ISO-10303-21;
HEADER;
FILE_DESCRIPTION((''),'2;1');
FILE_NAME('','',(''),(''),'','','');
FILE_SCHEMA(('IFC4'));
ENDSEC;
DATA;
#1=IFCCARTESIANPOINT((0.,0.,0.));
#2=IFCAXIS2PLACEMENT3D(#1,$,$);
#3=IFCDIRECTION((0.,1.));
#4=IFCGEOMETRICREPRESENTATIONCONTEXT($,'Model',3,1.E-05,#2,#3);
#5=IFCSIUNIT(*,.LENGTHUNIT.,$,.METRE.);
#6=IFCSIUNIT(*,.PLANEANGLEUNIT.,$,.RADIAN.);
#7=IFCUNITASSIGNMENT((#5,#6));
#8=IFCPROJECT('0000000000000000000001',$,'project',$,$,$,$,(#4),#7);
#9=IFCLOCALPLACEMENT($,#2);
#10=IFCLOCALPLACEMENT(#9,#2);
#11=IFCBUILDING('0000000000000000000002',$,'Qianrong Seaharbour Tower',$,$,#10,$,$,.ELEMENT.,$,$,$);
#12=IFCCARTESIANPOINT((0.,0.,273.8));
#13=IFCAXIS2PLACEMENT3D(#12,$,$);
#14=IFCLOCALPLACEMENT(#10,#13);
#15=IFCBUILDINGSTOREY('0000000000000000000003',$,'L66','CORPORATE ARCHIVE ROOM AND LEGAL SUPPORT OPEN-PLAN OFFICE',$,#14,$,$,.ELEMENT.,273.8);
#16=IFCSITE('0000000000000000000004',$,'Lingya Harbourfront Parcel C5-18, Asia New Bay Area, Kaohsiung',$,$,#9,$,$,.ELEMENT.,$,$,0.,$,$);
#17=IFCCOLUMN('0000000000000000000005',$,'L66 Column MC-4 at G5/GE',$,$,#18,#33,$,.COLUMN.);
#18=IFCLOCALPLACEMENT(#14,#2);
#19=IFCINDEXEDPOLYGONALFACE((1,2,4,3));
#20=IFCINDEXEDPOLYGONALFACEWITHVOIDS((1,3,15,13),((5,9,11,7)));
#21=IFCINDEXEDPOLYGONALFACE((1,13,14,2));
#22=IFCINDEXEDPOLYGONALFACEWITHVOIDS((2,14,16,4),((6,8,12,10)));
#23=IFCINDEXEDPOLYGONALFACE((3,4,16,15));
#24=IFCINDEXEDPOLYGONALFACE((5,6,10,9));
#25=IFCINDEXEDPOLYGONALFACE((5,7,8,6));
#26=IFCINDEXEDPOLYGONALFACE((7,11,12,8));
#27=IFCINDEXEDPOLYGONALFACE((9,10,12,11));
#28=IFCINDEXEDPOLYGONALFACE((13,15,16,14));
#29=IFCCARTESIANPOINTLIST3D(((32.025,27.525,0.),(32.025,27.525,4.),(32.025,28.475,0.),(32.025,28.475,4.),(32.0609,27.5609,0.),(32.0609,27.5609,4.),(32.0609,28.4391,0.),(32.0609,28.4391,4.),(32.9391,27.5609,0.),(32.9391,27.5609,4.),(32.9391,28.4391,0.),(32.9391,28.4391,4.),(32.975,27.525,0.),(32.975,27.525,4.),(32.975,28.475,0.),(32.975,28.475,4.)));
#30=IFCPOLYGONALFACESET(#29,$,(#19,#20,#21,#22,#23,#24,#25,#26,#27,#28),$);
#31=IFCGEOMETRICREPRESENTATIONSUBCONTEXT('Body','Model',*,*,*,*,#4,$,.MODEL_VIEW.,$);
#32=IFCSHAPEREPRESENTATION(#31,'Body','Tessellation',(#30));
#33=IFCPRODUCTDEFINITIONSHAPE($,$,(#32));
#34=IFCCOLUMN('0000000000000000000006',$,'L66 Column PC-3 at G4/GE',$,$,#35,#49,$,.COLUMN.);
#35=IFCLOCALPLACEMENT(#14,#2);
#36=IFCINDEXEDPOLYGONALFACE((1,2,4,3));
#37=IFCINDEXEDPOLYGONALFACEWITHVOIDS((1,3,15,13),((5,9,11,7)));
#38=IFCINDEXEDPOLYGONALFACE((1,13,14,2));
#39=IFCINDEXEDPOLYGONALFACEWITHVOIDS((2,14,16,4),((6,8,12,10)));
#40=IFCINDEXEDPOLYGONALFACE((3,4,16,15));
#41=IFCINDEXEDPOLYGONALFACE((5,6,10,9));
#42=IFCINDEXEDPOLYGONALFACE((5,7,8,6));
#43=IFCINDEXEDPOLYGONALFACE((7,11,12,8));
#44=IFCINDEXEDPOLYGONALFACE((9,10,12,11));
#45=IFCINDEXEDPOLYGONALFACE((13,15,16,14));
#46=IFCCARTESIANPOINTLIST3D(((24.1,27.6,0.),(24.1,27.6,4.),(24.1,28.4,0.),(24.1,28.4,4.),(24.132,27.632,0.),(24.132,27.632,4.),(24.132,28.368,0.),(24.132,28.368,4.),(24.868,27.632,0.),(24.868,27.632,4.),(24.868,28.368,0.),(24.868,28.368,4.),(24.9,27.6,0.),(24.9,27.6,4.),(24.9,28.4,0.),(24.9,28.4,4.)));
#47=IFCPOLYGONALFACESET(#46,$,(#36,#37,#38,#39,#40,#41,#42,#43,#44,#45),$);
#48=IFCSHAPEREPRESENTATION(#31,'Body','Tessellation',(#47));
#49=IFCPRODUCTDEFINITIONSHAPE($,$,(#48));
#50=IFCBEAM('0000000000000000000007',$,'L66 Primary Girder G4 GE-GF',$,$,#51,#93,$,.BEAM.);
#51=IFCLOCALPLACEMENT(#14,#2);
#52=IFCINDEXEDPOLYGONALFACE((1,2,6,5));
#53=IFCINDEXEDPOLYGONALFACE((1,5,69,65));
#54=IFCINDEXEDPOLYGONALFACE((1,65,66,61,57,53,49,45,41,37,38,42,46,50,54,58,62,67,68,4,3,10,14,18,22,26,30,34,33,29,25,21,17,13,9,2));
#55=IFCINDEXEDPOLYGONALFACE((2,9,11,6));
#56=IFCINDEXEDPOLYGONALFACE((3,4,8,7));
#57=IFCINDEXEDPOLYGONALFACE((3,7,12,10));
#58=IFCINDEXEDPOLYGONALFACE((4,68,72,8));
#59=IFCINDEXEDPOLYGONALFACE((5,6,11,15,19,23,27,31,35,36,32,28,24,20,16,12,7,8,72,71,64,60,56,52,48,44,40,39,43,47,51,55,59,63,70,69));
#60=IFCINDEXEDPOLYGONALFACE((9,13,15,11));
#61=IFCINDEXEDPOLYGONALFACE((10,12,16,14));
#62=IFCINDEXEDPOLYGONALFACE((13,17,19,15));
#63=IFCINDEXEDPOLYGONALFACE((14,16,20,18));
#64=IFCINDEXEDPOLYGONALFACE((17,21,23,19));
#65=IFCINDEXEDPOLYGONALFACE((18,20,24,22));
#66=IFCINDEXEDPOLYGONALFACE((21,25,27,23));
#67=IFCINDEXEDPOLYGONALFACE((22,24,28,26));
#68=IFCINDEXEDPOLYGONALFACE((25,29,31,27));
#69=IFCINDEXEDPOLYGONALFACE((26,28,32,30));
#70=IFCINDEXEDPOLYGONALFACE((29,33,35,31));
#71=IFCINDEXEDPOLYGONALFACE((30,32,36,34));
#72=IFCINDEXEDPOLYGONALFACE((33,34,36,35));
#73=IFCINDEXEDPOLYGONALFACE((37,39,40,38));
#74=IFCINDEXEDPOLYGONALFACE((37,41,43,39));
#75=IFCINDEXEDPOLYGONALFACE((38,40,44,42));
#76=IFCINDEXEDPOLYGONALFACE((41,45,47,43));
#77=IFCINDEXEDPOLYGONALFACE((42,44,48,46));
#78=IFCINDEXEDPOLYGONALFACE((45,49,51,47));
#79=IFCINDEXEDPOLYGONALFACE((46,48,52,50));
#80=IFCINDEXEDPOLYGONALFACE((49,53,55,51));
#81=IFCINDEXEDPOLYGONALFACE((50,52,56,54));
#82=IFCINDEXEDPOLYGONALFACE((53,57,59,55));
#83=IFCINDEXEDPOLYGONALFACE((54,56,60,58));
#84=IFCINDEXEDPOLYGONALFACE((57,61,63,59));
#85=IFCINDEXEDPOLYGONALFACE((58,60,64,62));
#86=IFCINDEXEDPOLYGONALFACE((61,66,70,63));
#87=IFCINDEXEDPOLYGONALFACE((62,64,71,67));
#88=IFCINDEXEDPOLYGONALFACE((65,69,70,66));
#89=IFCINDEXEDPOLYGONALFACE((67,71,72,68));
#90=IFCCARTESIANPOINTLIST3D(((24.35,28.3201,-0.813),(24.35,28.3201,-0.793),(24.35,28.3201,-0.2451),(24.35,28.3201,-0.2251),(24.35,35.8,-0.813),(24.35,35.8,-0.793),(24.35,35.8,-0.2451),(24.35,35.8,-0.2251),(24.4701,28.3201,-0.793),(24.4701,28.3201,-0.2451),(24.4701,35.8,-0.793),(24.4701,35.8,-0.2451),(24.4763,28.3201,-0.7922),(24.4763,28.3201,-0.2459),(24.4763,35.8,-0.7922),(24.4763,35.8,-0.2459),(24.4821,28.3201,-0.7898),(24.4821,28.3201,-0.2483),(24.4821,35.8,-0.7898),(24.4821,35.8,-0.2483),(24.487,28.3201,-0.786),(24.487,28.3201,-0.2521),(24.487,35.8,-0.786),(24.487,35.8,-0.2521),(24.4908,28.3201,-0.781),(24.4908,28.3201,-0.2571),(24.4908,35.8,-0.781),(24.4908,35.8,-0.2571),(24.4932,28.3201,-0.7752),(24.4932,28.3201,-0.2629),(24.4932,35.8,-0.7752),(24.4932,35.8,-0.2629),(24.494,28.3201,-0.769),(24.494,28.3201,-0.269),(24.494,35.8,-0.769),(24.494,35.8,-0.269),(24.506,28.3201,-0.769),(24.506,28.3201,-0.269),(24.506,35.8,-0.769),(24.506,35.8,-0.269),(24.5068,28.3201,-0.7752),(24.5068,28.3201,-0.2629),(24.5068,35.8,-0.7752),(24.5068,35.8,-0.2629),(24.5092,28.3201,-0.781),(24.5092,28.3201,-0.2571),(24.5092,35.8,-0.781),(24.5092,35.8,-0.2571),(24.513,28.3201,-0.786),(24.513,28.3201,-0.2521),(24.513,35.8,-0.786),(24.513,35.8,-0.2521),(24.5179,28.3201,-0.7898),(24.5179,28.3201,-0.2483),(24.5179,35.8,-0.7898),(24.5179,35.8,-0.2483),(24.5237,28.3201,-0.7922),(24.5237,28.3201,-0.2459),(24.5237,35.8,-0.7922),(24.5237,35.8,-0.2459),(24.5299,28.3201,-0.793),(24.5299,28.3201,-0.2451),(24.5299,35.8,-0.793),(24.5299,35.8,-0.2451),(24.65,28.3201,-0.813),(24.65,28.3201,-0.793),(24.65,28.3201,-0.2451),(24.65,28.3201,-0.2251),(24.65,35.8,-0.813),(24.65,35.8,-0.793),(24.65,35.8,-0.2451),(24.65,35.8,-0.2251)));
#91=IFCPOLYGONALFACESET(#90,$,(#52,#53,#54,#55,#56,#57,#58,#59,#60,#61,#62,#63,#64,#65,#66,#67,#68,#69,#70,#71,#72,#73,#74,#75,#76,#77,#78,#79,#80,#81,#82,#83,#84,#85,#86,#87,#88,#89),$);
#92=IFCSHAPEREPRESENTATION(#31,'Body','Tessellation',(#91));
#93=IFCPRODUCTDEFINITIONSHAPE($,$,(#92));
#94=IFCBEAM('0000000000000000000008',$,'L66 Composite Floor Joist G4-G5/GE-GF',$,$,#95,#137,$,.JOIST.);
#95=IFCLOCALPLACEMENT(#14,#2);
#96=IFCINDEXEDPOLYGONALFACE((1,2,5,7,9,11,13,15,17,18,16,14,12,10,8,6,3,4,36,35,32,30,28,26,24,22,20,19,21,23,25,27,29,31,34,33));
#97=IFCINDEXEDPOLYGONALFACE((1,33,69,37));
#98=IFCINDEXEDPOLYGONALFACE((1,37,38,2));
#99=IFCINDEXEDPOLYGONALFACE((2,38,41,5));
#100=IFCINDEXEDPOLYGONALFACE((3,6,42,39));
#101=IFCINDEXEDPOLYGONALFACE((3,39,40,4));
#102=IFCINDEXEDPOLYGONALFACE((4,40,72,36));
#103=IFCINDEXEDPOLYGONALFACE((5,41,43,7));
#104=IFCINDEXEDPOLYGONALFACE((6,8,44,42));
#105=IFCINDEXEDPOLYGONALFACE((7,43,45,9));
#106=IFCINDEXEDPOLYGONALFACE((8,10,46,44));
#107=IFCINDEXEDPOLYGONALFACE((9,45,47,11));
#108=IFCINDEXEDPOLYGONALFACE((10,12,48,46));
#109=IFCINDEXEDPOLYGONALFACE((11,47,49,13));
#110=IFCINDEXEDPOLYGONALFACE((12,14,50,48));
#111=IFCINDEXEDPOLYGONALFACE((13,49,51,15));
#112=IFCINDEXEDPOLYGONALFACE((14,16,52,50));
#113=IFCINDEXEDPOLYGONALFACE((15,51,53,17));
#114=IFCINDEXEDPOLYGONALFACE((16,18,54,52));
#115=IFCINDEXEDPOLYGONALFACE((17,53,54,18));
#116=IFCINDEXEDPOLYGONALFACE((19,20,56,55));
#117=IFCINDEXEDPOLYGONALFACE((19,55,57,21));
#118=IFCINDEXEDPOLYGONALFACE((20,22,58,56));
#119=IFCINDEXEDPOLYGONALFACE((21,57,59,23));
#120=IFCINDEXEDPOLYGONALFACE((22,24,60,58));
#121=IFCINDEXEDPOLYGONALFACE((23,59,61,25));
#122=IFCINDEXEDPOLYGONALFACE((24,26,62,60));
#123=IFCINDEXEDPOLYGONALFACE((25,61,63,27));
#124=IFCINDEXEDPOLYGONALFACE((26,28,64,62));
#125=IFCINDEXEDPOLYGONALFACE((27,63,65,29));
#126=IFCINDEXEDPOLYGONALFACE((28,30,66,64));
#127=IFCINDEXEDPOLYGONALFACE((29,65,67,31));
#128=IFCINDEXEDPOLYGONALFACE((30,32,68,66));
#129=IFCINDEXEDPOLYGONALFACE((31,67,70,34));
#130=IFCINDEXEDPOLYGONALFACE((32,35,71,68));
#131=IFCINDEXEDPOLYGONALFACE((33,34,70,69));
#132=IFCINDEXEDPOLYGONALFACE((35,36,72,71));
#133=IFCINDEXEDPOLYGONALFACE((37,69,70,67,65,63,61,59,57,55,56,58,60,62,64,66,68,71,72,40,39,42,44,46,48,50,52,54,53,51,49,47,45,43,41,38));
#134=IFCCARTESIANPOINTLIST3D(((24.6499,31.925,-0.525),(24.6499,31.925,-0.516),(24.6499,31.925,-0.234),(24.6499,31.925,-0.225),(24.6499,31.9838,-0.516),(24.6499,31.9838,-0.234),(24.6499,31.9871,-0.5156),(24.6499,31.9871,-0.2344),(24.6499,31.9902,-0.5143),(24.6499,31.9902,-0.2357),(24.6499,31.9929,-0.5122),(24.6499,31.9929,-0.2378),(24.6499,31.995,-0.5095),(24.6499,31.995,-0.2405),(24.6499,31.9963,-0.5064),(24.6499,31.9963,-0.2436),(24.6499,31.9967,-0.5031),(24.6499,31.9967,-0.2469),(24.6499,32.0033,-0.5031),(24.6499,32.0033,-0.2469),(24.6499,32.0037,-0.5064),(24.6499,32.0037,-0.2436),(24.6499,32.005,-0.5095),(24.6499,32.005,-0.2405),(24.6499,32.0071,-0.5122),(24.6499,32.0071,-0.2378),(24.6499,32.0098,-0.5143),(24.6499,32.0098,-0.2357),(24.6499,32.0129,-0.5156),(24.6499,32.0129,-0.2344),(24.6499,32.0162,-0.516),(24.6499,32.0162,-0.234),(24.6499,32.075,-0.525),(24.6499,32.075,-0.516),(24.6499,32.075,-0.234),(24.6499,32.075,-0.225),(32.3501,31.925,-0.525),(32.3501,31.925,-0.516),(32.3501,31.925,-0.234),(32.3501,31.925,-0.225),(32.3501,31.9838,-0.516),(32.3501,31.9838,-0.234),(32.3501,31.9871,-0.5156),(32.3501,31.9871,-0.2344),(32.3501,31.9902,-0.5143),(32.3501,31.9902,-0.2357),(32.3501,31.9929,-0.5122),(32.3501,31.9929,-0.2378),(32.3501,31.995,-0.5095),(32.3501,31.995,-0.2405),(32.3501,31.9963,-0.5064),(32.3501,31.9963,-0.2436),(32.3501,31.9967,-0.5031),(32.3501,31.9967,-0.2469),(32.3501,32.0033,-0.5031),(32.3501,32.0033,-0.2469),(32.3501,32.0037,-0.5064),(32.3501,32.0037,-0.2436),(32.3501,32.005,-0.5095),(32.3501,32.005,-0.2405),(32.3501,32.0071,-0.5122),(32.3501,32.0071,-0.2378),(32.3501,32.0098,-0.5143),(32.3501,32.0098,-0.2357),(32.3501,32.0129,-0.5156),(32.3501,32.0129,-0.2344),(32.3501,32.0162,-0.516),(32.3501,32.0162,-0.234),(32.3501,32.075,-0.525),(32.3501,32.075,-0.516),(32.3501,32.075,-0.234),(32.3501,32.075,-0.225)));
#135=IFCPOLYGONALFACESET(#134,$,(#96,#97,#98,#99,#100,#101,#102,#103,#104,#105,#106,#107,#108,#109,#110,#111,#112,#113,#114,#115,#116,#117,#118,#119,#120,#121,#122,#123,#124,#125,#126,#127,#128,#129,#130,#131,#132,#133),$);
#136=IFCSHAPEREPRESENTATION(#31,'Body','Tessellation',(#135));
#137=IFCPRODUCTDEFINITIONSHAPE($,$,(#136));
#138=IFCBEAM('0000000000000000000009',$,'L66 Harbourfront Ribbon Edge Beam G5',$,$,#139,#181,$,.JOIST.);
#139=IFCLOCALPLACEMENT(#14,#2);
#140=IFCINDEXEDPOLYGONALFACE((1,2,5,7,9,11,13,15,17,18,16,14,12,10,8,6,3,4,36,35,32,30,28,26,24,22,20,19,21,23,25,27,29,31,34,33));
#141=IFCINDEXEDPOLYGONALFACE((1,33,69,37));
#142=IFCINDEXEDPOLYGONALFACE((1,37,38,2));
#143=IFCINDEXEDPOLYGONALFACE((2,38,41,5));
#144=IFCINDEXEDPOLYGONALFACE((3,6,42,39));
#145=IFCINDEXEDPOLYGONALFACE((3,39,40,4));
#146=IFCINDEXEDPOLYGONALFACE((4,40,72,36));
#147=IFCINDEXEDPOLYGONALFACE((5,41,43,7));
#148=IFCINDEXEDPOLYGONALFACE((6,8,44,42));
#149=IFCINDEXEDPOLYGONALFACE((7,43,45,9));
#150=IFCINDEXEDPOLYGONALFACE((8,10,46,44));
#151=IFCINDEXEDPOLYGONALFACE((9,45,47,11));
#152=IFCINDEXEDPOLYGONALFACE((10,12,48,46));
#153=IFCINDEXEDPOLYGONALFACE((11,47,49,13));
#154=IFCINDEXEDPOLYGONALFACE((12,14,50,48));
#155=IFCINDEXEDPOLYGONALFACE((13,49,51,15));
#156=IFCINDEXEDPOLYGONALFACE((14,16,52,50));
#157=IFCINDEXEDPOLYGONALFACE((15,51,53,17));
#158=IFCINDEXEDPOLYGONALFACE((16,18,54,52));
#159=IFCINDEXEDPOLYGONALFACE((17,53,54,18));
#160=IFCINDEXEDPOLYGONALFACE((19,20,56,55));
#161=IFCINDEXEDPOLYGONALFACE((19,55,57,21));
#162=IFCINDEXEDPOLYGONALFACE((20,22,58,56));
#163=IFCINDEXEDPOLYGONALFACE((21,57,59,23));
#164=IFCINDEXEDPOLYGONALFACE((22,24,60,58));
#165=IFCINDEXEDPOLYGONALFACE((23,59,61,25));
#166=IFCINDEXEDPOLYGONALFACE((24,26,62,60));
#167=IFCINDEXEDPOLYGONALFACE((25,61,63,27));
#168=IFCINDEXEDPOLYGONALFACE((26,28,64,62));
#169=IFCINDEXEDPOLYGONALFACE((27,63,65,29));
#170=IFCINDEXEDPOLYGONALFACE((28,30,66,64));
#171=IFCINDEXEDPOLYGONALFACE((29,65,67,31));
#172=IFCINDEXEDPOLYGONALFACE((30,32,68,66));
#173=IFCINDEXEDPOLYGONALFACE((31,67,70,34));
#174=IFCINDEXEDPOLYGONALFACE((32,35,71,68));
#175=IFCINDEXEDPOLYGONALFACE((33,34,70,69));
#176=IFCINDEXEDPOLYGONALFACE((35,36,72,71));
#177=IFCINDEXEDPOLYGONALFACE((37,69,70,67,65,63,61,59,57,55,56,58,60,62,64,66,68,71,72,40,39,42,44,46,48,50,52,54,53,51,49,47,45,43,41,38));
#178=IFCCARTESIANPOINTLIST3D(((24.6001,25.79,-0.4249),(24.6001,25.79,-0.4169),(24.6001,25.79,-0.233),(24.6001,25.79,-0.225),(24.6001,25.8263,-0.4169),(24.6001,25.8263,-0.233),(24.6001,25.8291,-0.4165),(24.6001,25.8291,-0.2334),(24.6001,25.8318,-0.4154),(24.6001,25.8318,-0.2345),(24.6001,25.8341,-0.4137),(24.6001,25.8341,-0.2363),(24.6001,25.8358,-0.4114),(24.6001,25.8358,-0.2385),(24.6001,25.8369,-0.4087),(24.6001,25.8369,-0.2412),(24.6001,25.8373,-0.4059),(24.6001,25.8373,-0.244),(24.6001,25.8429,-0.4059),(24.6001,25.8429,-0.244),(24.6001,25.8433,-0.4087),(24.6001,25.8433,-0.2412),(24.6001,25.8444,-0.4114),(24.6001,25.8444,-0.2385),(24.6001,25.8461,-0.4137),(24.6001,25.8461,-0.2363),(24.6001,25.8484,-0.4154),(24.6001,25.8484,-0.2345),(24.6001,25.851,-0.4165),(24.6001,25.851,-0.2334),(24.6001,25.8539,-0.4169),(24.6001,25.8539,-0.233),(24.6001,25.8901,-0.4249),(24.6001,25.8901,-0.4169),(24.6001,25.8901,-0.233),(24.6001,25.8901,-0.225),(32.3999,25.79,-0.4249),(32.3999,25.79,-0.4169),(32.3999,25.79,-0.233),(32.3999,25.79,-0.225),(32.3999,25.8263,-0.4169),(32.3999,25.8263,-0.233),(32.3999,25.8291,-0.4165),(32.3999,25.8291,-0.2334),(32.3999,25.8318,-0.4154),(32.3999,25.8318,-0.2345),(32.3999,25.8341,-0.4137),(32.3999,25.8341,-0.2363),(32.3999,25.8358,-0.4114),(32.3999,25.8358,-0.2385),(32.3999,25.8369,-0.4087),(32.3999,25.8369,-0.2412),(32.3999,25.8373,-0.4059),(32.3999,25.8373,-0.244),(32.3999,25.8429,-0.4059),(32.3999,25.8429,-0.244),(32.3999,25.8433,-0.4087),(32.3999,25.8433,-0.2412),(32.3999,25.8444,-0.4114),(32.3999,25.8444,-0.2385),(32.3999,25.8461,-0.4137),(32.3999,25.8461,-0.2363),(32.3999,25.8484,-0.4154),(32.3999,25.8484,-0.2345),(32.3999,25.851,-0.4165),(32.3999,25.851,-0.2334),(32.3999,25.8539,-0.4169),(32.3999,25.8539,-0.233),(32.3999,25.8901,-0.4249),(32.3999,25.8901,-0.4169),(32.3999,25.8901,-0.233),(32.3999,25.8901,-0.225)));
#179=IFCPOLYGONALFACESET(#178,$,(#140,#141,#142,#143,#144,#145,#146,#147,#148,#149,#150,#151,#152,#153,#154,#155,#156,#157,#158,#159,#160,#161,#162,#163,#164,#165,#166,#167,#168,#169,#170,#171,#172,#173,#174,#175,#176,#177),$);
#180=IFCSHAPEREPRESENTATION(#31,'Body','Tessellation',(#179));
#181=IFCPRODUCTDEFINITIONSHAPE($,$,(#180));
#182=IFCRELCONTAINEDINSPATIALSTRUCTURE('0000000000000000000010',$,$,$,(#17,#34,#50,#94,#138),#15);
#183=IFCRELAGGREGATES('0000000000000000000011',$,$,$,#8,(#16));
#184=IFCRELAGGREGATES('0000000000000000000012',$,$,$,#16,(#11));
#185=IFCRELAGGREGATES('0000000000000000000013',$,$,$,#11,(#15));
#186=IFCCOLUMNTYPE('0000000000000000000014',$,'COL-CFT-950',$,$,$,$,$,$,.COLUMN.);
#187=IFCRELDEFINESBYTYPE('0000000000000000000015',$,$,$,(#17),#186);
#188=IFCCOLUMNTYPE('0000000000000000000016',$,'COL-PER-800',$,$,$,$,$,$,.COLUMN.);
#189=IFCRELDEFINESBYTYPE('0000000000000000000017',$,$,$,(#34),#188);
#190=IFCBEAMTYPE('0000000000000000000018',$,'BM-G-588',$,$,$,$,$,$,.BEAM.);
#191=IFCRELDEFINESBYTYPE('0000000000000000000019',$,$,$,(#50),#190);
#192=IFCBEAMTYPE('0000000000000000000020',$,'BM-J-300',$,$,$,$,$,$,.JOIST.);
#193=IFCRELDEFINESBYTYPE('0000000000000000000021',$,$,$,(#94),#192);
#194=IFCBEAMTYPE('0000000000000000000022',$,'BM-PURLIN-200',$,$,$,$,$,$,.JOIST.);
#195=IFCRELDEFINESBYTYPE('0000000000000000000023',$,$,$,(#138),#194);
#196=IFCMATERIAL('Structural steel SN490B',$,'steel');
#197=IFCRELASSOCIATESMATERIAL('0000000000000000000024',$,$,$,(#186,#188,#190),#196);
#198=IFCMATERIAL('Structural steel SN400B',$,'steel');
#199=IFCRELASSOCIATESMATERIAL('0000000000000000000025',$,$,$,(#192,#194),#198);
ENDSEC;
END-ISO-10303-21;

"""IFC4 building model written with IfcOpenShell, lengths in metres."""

from ifc_helpers import new_model, si_unit, direction, frame, origin, origin_2d, place, context, subcontext, project, spatial, hollow_rectangle, i_section, extrude, material, material_profile, profile_set, type_object, element, save


model = new_model("IFC4")

# Units and contexts
model_context = context("Model", 3, precision=1e-05, world=origin(), true_north=direction((0.0, 1.0)))
body_context = subcontext(model_context, "Body", "Model", "MODEL_VIEW")
ifc_project = project(units=[si_unit("LENGTHUNIT", "METRE"), si_unit("PLANEANGLEUNIT", "RADIAN")], contexts=[model_context])

# Site, building, storey
site_placement = place(None, origin())
site = spatial("IfcSite", under=ifc_project, at=site_placement, Name="Lingya Harbourfront Parcel C5-18, Asia New Bay Area, Kaohsiung", CompositionType="ELEMENT", RefElevation=0.0)
building_placement = place(site_placement, origin())
building = spatial("IfcBuilding", under=site, at=building_placement, Name="Qianrong Seaharbour Tower", CompositionType="ELEMENT")
storey_placement = place(building_placement, frame((0.0, 0.0, 273.8)))
storey = spatial("IfcBuildingStorey", under=building, at=storey_placement, Name="L66", Description="CORPORATE ARCHIVE ROOM AND LEGAL SUPPORT OPEN-PLAN OFFICE", CompositionType="ELEMENT", Elevation=273.8)

# Columns
ifc_material_1 = material(Name="Structural steel SN490B", Category="steel")
ifc_material_profile_1 = material_profile(ifc_material_1, hollow_rectangle(XDim=0.95, YDim=0.95, WallThickness=0.0359, at=origin_2d()), Name="BOX950x950x36")
ifc_profile_set_1 = profile_set([ifc_material_profile_1], Name="Structural steel SN490B")
column_type_1 = type_object("IfcColumnType", Name="COL-CFT-950", PredefinedType="COLUMN", material=ifc_profile_set_1)
column_1_placement = place(storey_placement, frame((32.5, 28.0, 0.0), z_axis=(0.0, 0.0, 1.0), x_axis=(1.0, 0.0, 0.0)))
element("IfcColumn", 1, at=column_1_placement, inside=storey, type_object=column_type_1, Name="L66 Column MC-4 at G5/GE", PredefinedType="COLUMN", context=body_context, shape_type="SweptSolid", body=[
    extrude(hollow_rectangle(XDim=0.95, YDim=0.95, WallThickness=0.0359, at=origin_2d()), origin(), (0.0, 0.0, 1.0), 4.0),
])
ifc_material_profile_2 = material_profile(ifc_material_1, hollow_rectangle(XDim=0.8, YDim=0.8, WallThickness=0.032, at=origin_2d()), Name="BOX800x800x32")
ifc_profile_set_2 = profile_set([ifc_material_profile_2], Name="Structural steel SN490B")
column_type_2 = type_object("IfcColumnType", Name="COL-PER-800", PredefinedType="COLUMN", material=ifc_profile_set_2)
column_2_placement = place(storey_placement, frame((24.5, 28.0, 0.0), z_axis=(0.0, 0.0, 1.0), x_axis=(1.0, 0.0, 0.0)))
element("IfcColumn", 2, at=column_2_placement, inside=storey, type_object=column_type_2, Name="L66 Column PC-3 at G4/GE", PredefinedType="COLUMN", context=body_context, shape_type="SweptSolid", body=[
    extrude(hollow_rectangle(XDim=0.8, YDim=0.8, WallThickness=0.032, at=origin_2d()), origin(), (0.0, 0.0, 1.0), 4.0),
])

# Beams
ifc_material_profile_3 = material_profile(ifc_material_1, i_section(OverallWidth=0.3, OverallDepth=0.5879, WebThickness=0.012, FlangeThickness=0.02, FilletRadius=0.0239, at=origin_2d()), Name="H588x300x12x20")
ifc_profile_set_3 = profile_set([ifc_material_profile_3], Name="Structural steel SN490B")
beam_type_1 = type_object("IfcBeamType", Name="BM-G-588", PredefinedType="BEAM", material=ifc_profile_set_3)
beam_1_placement = place(storey_placement, frame((24.5, 28.3201, -0.519), z_axis=(0.0, 1.0, 0.0), x_axis=(-1.0, 0.0, 0.0)))
element("IfcBeam", 3, at=beam_1_placement, inside=storey, type_object=beam_type_1, Name="L66 Primary Girder G4 GE-GF", PredefinedType="BEAM", context=body_context, shape_type="SweptSolid", body=[
    extrude(i_section(OverallWidth=0.3, OverallDepth=0.5879, WebThickness=0.012, FlangeThickness=0.02, FilletRadius=0.0239, at=origin_2d()), origin(), (0.0, 0.0, 1.0), 7.48),
])
ifc_material_2 = material(Name="Structural steel SN400B", Category="steel")
ifc_material_profile_4 = material_profile(ifc_material_2, i_section(OverallWidth=0.1499, OverallDepth=0.3, WebThickness=0.0066, FlangeThickness=0.009, FilletRadius=0.0129, at=origin_2d()), Name="H300x150x6.5x9")
ifc_profile_set_4 = profile_set([ifc_material_profile_4], Name="Structural steel SN400B")
beam_type_2 = type_object("IfcBeamType", Name="BM-J-300", PredefinedType="JOIST", material=ifc_profile_set_4)
beam_2_placement = place(storey_placement, frame((24.6499, 32.0, -0.375), z_axis=(1.0, 0.0, 0.0), x_axis=(0.0, 1.0, 0.0)))
element("IfcBeam", 4, at=beam_2_placement, inside=storey, type_object=beam_type_2, Name="L66 Composite Floor Joist G4-G5/GE-GF", PredefinedType="JOIST", context=body_context, shape_type="SweptSolid", body=[
    extrude(i_section(OverallWidth=0.1499, OverallDepth=0.3, WebThickness=0.0066, FlangeThickness=0.009, FilletRadius=0.0129, at=origin_2d()), origin(), (0.0, 0.0, 1.0), 7.7002),
])
ifc_material_profile_5 = material_profile(ifc_material_2, i_section(OverallWidth=0.1001, OverallDepth=0.2, WebThickness=0.0056, FlangeThickness=0.0081, FilletRadius=0.011, at=origin_2d()), Name="H200x100x5.5x8")
ifc_profile_set_5 = profile_set([ifc_material_profile_5], Name="Structural steel SN400B")
beam_type_3 = type_object("IfcBeamType", Name="BM-PURLIN-200", PredefinedType="JOIST", material=ifc_profile_set_5)
beam_3_placement = place(storey_placement, frame((24.6001, 25.8401, -0.325), z_axis=(1.0, 0.0, 0.0), x_axis=(0.0, 1.0, 0.0)))
element("IfcBeam", 5, at=beam_3_placement, inside=storey, type_object=beam_type_3, Name="L66 Harbourfront Ribbon Edge Beam G5", PredefinedType="JOIST", context=body_context, shape_type="SweptSolid", body=[
    extrude(i_section(OverallWidth=0.1001, OverallDepth=0.2, WebThickness=0.0056, FlangeThickness=0.0081, FilletRadius=0.011, at=origin_2d()), origin(), (0.0, 0.0, 1.0), 7.7998),
])

save(model, "model.ifc")
